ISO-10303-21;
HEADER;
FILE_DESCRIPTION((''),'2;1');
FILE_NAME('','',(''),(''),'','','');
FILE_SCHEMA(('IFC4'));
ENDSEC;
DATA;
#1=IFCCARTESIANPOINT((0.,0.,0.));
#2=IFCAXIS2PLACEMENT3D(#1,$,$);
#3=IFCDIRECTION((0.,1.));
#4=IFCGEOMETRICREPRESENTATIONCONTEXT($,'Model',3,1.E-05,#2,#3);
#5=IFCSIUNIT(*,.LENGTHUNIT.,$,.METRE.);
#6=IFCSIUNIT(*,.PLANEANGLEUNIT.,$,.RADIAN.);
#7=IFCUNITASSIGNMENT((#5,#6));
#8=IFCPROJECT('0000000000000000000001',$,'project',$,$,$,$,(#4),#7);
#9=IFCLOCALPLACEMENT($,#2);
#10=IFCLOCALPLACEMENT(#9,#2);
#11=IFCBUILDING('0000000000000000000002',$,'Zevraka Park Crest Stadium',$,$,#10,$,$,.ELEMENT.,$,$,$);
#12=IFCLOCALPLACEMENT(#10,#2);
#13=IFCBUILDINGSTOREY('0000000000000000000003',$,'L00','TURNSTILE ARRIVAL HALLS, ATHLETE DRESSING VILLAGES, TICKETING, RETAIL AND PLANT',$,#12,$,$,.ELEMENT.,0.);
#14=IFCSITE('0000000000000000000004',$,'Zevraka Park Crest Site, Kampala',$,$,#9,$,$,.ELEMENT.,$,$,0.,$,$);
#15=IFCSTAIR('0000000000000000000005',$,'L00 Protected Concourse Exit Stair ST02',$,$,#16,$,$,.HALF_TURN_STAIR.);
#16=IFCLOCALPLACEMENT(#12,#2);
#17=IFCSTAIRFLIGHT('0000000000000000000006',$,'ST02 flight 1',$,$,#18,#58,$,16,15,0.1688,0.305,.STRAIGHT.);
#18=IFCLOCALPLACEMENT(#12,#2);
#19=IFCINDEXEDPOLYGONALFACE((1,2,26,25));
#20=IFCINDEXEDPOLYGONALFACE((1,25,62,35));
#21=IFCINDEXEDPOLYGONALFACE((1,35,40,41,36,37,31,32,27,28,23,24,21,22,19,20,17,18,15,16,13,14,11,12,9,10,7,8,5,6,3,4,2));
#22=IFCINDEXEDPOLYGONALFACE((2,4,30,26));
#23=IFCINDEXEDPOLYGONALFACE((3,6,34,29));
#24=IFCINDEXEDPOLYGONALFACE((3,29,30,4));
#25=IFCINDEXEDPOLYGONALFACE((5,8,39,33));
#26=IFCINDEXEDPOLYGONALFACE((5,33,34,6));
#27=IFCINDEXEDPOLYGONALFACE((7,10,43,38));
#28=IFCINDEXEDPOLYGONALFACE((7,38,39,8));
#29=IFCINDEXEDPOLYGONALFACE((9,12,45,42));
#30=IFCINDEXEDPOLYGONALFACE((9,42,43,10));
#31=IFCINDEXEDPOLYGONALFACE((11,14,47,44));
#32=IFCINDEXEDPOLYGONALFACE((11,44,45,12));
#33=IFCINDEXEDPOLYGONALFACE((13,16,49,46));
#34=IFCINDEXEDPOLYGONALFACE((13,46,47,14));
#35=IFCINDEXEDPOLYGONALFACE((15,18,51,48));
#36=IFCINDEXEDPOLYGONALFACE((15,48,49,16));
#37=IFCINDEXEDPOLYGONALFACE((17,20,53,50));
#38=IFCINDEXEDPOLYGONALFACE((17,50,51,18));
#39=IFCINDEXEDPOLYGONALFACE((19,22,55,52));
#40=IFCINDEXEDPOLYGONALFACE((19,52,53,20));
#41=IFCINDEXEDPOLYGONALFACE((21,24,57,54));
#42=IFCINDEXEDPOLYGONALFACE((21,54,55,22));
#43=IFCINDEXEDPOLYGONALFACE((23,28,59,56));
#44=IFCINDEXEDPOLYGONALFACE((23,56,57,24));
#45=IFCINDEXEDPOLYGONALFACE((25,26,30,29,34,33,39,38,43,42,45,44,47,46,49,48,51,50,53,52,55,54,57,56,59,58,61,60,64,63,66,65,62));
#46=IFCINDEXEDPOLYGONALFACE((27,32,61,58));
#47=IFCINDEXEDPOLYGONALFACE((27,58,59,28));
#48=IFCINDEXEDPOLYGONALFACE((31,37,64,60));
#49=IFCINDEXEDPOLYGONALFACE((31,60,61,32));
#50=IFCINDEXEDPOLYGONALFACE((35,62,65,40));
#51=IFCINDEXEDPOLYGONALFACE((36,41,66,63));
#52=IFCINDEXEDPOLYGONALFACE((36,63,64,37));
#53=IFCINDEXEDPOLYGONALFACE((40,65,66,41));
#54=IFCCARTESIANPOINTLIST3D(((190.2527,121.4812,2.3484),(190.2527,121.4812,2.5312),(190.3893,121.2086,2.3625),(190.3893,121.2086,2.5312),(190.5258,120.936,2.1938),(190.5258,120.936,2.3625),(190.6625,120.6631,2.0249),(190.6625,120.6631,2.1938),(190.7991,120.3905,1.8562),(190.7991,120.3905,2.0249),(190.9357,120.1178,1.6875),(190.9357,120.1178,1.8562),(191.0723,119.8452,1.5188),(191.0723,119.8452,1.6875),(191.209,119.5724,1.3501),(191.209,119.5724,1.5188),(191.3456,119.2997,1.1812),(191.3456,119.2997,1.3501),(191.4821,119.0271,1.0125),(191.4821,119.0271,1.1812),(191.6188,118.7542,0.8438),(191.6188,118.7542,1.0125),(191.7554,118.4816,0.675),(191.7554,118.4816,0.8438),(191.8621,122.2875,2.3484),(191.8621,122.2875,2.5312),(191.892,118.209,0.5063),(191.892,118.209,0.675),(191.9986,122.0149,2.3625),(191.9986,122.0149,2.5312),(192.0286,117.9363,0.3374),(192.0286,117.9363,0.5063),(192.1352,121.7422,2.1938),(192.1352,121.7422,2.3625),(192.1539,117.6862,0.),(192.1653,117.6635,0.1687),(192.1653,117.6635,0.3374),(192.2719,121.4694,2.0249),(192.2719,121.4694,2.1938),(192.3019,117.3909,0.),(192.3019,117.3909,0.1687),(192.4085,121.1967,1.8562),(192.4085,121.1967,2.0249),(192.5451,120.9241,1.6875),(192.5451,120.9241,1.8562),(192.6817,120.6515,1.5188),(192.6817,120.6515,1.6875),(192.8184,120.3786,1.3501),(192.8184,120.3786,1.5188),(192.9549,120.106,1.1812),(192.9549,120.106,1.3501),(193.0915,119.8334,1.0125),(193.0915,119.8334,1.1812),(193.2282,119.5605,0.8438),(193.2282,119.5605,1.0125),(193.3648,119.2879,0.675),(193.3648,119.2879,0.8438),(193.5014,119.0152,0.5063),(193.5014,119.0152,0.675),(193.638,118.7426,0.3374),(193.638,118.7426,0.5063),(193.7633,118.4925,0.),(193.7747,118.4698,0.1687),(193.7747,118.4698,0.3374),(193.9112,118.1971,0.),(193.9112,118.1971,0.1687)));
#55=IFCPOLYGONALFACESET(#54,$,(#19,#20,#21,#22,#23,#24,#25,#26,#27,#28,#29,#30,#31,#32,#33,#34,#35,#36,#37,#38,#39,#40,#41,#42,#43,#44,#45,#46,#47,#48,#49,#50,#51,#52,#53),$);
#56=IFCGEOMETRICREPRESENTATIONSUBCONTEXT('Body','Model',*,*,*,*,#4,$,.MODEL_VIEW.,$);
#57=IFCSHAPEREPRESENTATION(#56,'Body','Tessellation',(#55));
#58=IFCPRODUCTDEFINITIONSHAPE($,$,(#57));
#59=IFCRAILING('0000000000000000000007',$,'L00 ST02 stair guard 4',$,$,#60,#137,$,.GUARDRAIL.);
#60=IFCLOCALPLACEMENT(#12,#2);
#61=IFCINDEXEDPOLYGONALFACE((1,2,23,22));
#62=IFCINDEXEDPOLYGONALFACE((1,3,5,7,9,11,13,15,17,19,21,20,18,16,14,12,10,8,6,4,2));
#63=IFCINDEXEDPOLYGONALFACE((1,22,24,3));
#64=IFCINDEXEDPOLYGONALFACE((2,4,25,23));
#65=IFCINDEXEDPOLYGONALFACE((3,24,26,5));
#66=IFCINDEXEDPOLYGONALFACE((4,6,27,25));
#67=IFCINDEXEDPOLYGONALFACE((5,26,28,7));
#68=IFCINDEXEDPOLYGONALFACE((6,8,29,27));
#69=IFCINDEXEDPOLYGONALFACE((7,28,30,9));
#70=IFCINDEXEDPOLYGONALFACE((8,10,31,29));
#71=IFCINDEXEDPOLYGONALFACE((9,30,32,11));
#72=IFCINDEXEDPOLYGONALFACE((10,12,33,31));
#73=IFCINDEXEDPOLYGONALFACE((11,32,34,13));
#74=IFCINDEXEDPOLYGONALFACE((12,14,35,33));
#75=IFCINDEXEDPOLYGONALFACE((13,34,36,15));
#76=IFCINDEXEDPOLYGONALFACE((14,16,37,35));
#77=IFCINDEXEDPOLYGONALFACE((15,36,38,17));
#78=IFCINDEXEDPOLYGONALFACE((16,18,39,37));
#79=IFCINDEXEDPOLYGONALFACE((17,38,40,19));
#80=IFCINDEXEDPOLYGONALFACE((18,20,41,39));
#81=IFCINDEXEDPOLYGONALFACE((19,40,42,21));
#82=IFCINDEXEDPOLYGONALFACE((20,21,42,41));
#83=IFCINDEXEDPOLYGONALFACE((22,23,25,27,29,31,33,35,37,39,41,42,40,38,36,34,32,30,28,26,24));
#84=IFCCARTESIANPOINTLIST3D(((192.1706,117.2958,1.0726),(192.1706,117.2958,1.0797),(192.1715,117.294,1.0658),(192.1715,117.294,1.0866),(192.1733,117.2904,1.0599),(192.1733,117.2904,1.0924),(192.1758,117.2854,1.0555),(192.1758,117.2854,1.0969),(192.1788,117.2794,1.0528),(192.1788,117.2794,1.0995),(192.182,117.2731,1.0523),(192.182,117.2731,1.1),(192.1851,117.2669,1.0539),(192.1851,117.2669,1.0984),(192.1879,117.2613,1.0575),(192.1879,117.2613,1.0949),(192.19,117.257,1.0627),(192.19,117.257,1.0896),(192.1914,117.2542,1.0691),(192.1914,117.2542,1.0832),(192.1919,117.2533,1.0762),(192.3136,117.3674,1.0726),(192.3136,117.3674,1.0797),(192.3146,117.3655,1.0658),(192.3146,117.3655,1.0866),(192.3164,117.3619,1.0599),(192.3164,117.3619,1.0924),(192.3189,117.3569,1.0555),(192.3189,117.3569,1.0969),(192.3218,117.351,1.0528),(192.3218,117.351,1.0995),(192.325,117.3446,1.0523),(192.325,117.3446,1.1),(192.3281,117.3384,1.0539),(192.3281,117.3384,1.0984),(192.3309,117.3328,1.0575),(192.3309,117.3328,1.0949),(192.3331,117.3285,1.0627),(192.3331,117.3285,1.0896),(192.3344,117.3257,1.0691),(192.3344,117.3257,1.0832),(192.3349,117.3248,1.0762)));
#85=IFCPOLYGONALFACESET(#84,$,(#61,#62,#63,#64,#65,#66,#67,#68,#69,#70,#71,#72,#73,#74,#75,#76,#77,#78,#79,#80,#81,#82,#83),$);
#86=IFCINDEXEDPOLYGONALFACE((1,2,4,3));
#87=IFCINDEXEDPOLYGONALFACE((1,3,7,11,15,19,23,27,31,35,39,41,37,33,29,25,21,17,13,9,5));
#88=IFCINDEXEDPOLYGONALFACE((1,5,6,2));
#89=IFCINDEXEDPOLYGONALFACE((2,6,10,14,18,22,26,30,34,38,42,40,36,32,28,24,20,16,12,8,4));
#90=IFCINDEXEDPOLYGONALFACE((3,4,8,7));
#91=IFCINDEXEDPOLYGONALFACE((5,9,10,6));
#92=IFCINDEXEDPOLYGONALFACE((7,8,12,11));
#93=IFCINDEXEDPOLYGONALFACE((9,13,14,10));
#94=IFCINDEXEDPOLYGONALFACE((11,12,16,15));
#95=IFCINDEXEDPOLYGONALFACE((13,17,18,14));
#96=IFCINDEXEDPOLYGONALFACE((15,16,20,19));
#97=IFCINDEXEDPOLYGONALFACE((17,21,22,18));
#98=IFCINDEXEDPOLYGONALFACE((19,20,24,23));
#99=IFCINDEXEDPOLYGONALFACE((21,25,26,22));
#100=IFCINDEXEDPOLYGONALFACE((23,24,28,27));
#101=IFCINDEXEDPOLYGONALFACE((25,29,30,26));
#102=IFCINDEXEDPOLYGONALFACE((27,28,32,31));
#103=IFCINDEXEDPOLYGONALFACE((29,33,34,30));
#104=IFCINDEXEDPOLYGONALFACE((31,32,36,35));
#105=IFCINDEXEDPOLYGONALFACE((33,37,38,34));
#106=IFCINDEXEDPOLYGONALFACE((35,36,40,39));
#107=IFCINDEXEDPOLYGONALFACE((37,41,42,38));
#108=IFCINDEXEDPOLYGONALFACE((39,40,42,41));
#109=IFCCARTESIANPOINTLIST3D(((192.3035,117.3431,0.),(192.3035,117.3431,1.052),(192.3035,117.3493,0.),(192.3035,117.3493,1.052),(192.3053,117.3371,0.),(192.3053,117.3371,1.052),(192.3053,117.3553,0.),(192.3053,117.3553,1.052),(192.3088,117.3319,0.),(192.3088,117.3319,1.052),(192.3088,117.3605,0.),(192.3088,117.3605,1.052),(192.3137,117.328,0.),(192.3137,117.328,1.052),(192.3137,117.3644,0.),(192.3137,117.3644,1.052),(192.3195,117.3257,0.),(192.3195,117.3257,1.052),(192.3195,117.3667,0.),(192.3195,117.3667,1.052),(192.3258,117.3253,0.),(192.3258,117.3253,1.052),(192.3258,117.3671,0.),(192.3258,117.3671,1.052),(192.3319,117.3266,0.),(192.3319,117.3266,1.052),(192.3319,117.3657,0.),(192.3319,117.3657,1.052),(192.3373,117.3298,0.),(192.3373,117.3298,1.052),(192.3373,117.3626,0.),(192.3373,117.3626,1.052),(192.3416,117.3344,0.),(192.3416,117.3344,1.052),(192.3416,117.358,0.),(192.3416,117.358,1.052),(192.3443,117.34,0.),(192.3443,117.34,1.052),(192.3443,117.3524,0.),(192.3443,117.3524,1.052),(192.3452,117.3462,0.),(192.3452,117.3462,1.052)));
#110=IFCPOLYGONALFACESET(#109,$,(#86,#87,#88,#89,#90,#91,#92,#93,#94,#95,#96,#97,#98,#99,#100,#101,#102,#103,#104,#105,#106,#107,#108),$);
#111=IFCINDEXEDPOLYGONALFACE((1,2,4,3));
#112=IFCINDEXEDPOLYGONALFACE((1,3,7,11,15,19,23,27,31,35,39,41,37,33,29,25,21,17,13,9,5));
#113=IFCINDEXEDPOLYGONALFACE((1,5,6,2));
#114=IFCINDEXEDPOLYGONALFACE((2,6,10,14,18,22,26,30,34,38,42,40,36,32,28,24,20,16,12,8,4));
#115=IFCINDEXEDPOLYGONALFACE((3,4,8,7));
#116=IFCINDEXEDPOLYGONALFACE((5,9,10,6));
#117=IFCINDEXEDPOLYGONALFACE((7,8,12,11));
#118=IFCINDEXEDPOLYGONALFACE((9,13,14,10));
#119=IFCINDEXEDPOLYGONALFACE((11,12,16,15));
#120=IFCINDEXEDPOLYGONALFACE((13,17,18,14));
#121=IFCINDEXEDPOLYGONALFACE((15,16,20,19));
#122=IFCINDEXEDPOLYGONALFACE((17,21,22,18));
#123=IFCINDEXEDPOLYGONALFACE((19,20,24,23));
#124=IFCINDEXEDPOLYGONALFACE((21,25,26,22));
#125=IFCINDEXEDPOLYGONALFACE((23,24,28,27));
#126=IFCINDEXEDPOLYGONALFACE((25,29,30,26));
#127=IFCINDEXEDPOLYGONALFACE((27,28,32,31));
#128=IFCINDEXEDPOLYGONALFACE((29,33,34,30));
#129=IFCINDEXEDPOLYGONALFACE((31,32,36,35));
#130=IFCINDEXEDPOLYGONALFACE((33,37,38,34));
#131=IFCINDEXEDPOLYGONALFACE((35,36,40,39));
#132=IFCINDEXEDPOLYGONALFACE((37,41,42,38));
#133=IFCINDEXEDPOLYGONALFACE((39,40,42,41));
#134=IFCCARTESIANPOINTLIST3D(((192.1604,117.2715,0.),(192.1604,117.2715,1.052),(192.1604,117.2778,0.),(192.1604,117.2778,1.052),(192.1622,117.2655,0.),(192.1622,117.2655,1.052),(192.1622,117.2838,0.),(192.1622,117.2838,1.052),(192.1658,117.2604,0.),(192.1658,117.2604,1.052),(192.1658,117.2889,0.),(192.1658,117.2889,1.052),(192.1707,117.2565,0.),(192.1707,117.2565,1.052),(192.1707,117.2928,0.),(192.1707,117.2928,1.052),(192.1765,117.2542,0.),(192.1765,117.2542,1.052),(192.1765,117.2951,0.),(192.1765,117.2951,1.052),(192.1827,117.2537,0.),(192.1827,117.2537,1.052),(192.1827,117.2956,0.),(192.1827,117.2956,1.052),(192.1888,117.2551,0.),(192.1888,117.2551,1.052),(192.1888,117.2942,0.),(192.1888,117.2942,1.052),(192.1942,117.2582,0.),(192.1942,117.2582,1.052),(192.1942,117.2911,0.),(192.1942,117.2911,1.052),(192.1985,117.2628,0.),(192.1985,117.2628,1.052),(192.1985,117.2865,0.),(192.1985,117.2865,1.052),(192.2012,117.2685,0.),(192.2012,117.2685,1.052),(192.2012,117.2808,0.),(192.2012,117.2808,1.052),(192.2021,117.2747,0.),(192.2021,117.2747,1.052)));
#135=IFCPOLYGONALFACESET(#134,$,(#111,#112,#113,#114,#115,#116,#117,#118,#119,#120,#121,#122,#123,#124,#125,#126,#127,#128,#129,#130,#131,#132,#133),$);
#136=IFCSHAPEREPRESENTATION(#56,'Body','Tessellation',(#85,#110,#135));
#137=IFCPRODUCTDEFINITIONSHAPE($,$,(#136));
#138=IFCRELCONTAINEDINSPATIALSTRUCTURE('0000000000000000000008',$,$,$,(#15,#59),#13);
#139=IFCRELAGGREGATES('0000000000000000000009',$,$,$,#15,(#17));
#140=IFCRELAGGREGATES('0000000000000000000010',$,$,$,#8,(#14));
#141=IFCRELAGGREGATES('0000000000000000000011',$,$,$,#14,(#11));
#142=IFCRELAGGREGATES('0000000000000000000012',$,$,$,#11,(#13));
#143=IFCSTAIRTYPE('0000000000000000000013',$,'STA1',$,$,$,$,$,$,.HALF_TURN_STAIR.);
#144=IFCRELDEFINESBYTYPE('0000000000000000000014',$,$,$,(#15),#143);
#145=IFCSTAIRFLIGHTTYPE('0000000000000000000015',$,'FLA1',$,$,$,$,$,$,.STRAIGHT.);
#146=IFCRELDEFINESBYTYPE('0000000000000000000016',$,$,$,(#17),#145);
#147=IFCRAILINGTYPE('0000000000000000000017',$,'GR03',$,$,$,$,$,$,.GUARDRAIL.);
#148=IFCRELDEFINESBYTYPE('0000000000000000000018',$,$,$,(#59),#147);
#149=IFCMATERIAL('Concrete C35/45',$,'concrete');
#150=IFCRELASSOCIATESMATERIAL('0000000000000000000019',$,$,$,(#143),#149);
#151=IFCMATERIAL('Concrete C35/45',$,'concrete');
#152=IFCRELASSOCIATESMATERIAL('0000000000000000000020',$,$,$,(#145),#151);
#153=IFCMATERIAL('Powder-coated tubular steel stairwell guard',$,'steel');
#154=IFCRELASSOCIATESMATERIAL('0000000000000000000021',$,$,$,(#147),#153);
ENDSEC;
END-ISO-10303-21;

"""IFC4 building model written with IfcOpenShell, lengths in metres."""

from ifc_helpers import new_model, si_unit, direction, frame, origin, origin_2d, place, context, subcontext, project, spatial, polyline, circle, outline, extrude, material, type_object, element, aggregate, save


model = new_model("IFC4")

# Units and contexts
model_context = context("Model", 3, precision=1e-05, world=origin(), true_north=direction((0.0, 1.0)))
body_context = subcontext(model_context, "Body", "Model", "MODEL_VIEW")
ifc_project = project(units=[si_unit("LENGTHUNIT", "METRE"), si_unit("PLANEANGLEUNIT", "RADIAN")], contexts=[model_context])

# Site, building, storey
site_placement = place(None, origin())
site = spatial("IfcSite", under=ifc_project, at=site_placement, Name="Zevraka Park Crest Site, Kampala", CompositionType="ELEMENT", RefElevation=0.0)
building_placement = place(site_placement, origin())
building = spatial("IfcBuilding", under=site, at=building_placement, Name="Zevraka Park Crest Stadium", CompositionType="ELEMENT")
storey_placement = place(building_placement, origin())
storey = spatial("IfcBuildingStorey", under=building, at=storey_placement, Name="L00", Description="TURNSTILE ARRIVAL HALLS, ATHLETE DRESSING VILLAGES, TICKETING, RETAIL AND PLANT", CompositionType="ELEMENT", Elevation=0.0)

# Stair, stair flight
ifc_material_1 = material(Name="Concrete C35/45", Category="concrete")
stair_type = type_object("IfcStairType", Name="STA1", PredefinedType="HALF_TURN_STAIR", material=ifc_material_1)
stair_placement = place(storey_placement, origin())
stair = element("IfcStair", 1, at=stair_placement, inside=storey, type_object=stair_type, Name="L00 Protected Concourse Exit Stair ST02", PredefinedType="HALF_TURN_STAIR")
ifc_material_2 = material(Name="Concrete C35/45", Category="concrete")
stair_flight_type = type_object("IfcStairFlightType", Name="FLA1", PredefinedType="STRAIGHT", material=ifc_material_2)
stair_flight_placement = place(storey_placement, frame((193.1064, 117.7939, 0.0), z_axis=(0.0, 0.0, 1.0), x_axis=(-0.447915, 0.894076, 0.0)))
stair_flight = element("IfcStairFlight", 2, at=stair_flight_placement, type_object=stair_flight_type, Name="ST02 flight 1", NumberOfRisers=16, NumberOfTreads=15, PredefinedType="STRAIGHT", RiserHeight=0.1688, TreadLength=0.305, context=body_context, shape_type="SweptSolid", body=[
    extrude(outline(polyline([(0.0, 0.0), (0.0, 0.1687), (0.3049, 0.1687), (0.3049, 0.3374), (0.6101, 0.3374), (0.6101, 0.5063), (0.915, 0.5063), (0.915, 0.675), (1.22, 0.675), (1.22, 0.8438), (1.5249, 0.8438), (1.5249, 1.0125), (1.8301, 1.0125), (1.8301, 1.1812), (2.135, 1.1812), (2.135, 1.3501), (2.4399, 1.3501), (2.4399, 1.5188), (2.7451, 1.5188), (2.7451, 1.6875), (3.05, 1.6875), (3.05, 1.8562), (3.355, 1.8562), (3.355, 2.0249), (3.6599, 2.0249), (3.6599, 2.1938), (3.9651, 2.1938), (3.9651, 2.3625), (4.27, 2.3625), (4.27, 2.5312), (4.575, 2.5312), (4.575, 2.7), (4.575, 2.3484), (0.3303, 0.0), (0.0, 0.0)])), frame((0.0, 0.8999, 0.0), z_axis=(0.0, -1.0, 0.0), x_axis=(1.0, 0.0, 0.0)), (0.0, 0.0, 1.0), 1.8),
])
aggregate(stair, [stair_flight])

# Railing
ifc_material_3 = material(Name="Powder-coated tubular steel stairwell guard", Category="steel")
railing_type_1 = type_object("IfcRailingType", Name="GR03", PredefinedType="GUARDRAIL", material=ifc_material_3)
railing_1_placement = place(storey_placement, frame((192.3242, 117.3462, 0.0)))
element("IfcRailing", 3, at=railing_1_placement, inside=storey, type_object=railing_type_1, Name="L00 ST02 stair guard 4", PredefinedType="GUARDRAIL", context=body_context, shape_type="SweptSolid", body=[
    extrude(circle(Radius=0.0239, at=origin_2d()), frame((0.0, 0.0, 1.0762), z_axis=(-0.894427, -0.447214, 0.0), x_axis=(0.447214, -0.894427, 0.0)), (0.0, 0.0, 1.0), 0.1599),
    extrude(circle(Radius=0.021, at=origin_2d()), origin(), (0.0, 0.0, 1.0), 1.052),
    extrude(circle(Radius=0.021, at=origin_2d()), frame((-0.1431, -0.0715, 0.0)), (0.0, 0.0, 1.0), 1.052),
])

save(model, "model.ifc")
